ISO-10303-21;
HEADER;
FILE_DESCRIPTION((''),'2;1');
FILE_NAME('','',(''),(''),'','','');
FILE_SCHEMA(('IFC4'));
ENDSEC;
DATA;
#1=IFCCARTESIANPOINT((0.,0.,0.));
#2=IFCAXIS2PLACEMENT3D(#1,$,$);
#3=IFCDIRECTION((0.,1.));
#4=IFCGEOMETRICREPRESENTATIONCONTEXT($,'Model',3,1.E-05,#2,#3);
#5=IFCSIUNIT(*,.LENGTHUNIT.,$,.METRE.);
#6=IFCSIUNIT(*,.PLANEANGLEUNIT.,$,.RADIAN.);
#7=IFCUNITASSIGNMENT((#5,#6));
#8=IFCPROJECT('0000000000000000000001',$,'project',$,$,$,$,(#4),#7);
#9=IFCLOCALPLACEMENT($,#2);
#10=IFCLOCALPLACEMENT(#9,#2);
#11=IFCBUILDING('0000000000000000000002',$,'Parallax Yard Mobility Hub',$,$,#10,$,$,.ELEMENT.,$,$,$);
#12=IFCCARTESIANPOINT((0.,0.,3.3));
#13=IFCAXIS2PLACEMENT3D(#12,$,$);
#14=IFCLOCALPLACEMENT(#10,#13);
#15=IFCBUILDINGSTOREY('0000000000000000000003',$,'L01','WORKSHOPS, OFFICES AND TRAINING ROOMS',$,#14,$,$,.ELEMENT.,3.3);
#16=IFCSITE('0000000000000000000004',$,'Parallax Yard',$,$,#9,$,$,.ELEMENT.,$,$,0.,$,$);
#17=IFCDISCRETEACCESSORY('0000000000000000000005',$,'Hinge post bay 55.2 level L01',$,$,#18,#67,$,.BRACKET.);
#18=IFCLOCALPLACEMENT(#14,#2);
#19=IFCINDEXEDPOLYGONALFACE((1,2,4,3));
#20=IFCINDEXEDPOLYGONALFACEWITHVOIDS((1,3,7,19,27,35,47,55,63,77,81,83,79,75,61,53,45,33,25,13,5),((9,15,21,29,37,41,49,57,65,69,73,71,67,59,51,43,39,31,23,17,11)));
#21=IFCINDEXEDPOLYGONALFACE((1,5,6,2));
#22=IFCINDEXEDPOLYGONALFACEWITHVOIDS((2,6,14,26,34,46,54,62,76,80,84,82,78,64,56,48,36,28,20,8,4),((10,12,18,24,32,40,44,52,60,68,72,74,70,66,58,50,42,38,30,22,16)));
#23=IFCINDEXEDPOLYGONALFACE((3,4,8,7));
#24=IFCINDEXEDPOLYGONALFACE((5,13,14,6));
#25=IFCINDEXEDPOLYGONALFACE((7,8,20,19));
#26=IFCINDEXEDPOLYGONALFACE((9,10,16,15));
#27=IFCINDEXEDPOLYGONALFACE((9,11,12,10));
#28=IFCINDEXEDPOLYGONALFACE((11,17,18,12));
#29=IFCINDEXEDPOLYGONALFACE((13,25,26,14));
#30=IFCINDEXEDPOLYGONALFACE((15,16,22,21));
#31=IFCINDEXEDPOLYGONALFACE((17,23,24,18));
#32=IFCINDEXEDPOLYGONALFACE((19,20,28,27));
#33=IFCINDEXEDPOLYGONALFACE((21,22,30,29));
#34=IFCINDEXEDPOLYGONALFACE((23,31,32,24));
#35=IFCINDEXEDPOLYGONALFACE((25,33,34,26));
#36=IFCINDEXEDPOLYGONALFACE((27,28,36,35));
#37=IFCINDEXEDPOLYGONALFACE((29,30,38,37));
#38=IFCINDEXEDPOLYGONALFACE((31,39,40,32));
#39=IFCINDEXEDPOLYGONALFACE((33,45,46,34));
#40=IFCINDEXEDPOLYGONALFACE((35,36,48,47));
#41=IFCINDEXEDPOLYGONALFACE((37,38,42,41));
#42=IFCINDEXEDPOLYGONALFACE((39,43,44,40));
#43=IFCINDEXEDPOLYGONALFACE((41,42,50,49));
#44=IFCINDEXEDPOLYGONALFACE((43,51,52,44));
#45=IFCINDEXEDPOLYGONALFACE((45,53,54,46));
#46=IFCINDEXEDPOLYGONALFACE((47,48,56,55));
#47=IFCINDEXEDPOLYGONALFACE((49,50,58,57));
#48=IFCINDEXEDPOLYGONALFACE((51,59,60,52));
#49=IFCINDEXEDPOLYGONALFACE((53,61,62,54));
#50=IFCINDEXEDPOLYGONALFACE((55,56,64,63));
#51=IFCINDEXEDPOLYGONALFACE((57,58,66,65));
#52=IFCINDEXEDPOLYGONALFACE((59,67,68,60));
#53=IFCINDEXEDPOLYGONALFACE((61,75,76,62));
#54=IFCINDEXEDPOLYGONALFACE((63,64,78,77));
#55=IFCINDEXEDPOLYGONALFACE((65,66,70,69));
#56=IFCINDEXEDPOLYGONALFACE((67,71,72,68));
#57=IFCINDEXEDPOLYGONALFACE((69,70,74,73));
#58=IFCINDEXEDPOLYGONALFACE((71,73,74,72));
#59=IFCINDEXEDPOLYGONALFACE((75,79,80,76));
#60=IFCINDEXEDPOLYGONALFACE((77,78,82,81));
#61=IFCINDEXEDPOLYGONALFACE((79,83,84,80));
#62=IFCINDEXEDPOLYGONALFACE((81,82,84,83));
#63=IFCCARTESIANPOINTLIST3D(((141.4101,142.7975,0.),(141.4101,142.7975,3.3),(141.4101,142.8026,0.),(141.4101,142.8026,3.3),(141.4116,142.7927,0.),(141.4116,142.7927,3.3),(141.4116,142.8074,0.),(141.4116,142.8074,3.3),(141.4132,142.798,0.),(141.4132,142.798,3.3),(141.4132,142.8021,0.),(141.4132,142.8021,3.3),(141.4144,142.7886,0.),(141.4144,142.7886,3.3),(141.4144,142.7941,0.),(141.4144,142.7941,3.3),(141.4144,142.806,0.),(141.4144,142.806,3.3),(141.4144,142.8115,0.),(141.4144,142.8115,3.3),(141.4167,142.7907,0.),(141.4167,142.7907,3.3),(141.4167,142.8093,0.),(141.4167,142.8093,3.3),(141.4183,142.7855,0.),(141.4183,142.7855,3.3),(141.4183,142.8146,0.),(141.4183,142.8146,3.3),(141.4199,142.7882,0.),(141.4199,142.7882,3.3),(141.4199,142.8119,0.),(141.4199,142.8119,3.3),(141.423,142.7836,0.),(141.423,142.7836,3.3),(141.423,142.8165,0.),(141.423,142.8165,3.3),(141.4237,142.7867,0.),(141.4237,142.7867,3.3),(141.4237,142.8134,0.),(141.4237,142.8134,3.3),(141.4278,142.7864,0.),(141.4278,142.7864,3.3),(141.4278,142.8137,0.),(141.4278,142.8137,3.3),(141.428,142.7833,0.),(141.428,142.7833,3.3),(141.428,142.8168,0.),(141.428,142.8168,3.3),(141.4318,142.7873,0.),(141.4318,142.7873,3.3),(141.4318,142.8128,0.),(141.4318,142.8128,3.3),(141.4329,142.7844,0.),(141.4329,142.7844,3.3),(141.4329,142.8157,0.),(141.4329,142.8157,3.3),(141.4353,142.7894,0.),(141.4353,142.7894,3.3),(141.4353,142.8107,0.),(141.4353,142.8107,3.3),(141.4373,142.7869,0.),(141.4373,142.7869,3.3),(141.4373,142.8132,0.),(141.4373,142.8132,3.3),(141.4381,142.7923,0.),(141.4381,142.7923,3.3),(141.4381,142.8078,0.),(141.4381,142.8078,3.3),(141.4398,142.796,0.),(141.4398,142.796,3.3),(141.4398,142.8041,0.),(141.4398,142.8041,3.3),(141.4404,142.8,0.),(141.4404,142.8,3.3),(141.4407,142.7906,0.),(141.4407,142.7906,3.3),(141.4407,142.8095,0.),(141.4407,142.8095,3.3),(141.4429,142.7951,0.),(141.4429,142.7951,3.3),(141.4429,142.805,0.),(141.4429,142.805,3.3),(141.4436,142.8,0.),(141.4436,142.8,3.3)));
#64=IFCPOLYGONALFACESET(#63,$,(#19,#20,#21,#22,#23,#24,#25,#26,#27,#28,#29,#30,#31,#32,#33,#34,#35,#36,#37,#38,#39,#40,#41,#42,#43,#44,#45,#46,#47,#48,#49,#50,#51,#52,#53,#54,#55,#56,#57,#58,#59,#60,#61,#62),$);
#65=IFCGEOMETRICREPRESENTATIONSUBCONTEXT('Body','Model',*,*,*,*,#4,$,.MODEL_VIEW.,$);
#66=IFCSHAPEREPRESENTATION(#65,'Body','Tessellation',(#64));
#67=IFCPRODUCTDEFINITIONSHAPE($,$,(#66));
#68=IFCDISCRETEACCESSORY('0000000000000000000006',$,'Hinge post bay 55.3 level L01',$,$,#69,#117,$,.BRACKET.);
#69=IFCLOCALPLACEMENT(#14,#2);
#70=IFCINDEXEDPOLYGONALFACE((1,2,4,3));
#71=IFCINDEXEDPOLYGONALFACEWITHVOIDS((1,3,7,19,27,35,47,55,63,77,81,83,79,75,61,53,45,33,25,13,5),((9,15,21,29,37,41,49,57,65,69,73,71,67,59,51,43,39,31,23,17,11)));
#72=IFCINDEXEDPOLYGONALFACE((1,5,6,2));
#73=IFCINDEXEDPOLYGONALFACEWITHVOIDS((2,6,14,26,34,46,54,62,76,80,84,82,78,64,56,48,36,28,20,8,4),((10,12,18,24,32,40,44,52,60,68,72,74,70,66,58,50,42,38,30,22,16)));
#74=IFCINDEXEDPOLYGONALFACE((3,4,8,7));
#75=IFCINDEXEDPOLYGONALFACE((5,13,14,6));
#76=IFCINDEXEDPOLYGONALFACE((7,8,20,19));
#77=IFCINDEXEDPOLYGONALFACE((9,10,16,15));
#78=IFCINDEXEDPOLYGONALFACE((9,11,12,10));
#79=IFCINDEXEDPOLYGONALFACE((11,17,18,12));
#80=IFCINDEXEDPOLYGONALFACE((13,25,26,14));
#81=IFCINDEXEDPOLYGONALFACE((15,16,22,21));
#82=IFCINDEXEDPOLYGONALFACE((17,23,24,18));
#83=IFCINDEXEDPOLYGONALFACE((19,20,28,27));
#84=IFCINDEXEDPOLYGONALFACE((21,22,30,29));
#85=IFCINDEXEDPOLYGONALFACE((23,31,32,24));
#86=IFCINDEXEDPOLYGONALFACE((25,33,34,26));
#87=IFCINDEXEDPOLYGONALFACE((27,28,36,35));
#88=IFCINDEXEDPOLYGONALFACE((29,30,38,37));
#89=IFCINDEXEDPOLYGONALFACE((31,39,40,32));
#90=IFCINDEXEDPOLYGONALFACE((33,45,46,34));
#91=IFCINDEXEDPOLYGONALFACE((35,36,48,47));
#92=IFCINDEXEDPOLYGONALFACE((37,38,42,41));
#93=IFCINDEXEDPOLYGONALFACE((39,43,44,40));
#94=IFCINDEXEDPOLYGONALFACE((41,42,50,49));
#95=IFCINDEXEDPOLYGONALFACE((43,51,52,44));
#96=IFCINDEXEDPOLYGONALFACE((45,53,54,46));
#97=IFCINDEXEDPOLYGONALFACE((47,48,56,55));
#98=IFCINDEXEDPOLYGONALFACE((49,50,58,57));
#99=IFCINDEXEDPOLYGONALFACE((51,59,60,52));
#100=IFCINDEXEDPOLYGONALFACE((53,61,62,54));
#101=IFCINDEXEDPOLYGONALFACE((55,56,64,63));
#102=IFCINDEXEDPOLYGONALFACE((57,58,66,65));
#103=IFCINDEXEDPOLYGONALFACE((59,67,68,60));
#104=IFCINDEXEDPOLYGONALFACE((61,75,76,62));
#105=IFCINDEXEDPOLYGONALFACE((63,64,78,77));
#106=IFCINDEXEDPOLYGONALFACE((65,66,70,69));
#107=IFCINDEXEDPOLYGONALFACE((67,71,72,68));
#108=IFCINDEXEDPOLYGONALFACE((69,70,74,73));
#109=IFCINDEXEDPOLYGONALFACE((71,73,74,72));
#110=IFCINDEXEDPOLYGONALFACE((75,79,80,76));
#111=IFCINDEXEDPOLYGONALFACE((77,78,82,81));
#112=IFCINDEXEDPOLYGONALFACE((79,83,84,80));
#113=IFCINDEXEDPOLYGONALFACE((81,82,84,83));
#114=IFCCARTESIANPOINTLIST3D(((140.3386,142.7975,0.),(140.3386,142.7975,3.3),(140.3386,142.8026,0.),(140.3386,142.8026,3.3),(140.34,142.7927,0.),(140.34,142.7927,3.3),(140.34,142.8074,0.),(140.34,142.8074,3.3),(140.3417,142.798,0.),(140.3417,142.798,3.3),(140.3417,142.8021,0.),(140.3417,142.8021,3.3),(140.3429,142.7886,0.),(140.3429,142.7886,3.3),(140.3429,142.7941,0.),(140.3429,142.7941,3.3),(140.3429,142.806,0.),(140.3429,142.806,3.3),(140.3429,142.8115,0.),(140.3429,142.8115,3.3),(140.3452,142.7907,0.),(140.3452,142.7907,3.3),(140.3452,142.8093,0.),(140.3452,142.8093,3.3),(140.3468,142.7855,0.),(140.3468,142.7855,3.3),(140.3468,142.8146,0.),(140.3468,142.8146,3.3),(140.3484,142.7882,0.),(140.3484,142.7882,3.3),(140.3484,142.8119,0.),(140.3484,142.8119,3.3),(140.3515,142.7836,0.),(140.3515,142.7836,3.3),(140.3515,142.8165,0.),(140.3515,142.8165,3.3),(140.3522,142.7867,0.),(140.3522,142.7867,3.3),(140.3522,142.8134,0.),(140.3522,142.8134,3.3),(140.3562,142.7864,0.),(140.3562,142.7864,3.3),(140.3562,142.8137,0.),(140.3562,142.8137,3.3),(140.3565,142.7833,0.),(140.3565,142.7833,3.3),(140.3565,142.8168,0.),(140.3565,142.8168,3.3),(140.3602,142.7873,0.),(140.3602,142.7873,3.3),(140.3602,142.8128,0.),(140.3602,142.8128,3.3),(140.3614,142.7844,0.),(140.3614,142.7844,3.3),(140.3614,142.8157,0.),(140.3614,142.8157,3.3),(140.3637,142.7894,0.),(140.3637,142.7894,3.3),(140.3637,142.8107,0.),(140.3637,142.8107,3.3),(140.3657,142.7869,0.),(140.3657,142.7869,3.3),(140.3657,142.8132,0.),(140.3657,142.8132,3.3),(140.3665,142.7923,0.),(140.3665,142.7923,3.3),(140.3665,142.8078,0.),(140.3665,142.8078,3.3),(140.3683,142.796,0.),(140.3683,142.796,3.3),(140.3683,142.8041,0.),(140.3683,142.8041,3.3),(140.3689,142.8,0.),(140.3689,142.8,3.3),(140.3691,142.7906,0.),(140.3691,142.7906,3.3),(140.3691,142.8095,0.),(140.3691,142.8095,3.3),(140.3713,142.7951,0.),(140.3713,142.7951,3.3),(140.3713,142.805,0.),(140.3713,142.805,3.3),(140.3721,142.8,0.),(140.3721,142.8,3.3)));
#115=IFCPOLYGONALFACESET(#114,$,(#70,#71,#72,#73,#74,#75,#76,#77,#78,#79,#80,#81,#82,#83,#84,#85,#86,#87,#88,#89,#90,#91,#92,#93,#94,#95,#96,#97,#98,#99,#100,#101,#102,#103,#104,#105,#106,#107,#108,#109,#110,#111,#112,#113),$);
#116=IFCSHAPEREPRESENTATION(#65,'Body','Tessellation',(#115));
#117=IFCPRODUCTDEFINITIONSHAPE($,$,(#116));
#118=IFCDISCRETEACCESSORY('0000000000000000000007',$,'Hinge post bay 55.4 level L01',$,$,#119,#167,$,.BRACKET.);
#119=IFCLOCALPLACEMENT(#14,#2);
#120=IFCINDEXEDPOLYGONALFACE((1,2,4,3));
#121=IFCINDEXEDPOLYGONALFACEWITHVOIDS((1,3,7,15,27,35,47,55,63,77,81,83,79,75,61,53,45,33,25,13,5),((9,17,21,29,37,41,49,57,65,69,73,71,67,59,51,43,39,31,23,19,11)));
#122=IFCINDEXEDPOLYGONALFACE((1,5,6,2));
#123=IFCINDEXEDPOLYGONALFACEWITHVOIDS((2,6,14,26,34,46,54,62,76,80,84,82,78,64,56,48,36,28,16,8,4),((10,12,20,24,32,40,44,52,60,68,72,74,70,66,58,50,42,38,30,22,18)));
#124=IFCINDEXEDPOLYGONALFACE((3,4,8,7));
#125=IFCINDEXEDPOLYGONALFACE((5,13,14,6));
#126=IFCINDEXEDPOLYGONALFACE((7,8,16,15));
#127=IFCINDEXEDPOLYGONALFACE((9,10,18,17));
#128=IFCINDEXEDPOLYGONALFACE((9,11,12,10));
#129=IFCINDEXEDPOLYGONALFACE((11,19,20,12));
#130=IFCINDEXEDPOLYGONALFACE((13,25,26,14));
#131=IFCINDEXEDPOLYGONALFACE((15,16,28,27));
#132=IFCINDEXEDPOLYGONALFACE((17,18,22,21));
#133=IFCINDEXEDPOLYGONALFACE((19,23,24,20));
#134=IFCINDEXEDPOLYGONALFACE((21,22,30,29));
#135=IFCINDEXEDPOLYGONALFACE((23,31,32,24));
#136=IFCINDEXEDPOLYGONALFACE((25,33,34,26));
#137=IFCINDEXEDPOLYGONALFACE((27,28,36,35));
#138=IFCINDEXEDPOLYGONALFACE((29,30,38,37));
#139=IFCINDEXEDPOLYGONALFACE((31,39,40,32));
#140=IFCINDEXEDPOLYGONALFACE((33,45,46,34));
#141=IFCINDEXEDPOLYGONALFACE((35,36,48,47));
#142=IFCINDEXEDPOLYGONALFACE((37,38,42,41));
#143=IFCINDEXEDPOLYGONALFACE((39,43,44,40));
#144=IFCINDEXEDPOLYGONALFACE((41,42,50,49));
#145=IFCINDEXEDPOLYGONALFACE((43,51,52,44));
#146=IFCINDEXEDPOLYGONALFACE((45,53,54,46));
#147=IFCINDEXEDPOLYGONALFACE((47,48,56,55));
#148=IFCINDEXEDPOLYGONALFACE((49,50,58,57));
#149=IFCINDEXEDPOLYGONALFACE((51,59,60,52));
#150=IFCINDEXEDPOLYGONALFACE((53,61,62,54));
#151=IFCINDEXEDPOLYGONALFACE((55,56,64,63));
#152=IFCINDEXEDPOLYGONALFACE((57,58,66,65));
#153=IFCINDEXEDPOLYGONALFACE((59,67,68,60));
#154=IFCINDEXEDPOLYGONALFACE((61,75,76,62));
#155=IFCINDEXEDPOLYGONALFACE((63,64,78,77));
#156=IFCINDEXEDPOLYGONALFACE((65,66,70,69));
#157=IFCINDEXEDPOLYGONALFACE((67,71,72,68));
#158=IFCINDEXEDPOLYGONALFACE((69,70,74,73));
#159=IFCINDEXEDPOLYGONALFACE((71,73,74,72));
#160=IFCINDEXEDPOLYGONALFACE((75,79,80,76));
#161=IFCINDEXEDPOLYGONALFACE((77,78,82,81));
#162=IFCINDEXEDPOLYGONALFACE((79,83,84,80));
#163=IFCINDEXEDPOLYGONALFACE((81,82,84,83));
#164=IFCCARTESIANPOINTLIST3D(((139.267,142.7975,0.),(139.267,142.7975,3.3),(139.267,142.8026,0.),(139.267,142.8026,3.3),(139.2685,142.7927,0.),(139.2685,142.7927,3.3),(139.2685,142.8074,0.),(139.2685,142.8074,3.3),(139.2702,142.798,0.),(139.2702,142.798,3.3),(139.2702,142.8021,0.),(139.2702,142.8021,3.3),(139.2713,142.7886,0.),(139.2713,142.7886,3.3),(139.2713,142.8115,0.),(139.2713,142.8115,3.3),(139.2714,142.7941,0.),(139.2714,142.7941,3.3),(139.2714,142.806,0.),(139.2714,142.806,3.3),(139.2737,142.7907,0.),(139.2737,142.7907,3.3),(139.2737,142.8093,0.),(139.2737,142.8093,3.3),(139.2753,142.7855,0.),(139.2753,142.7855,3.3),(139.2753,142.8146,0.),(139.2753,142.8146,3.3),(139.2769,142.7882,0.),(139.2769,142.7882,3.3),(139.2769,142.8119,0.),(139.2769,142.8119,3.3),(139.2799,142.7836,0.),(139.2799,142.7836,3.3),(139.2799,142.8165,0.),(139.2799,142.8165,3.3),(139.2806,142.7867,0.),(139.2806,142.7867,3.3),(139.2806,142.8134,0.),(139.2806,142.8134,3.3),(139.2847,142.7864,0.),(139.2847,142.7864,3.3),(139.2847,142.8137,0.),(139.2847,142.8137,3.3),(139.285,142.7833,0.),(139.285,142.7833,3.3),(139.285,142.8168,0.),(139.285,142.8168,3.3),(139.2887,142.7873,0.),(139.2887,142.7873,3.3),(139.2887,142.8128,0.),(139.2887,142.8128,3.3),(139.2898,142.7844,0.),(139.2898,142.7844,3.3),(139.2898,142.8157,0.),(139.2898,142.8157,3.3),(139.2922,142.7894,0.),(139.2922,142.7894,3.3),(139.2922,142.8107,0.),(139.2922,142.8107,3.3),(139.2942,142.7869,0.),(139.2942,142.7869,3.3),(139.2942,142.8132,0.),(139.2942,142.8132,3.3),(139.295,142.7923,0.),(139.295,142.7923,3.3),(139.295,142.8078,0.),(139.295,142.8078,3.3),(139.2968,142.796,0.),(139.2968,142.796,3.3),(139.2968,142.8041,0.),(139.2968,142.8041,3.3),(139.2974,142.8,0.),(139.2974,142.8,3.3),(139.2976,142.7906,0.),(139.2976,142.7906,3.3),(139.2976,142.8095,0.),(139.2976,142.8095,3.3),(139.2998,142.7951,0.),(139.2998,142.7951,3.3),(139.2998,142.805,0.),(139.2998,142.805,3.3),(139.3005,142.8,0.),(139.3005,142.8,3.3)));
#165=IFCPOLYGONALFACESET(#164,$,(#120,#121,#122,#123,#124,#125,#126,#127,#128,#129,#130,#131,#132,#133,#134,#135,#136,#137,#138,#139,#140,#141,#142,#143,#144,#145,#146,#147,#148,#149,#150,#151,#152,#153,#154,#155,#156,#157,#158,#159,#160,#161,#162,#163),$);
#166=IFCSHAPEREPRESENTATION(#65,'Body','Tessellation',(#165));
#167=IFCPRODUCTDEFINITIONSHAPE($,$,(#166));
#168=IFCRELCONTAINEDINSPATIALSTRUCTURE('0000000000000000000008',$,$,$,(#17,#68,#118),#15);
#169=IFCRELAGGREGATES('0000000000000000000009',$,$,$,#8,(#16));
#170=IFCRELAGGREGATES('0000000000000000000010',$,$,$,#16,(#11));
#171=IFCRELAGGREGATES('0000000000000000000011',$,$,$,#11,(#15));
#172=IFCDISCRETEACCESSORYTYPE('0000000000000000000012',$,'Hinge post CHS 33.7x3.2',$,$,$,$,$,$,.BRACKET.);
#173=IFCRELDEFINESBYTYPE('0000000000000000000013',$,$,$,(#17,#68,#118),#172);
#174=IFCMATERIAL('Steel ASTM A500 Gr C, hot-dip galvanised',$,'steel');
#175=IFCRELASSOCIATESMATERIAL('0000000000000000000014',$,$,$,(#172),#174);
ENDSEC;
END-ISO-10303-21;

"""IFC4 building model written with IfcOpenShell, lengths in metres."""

from ifc_helpers import new_model, si_unit, direction, frame, origin, origin_2d, place, context, subcontext, project, spatial, hollow_circle, extrude, material, material_profile, profile_set, type_object, element, save


model = new_model("IFC4")

# Units and contexts
model_context = context("Model", 3, precision=1e-05, world=origin(), true_north=direction((0.0, 1.0)))
body_context = subcontext(model_context, "Body", "Model", "MODEL_VIEW")
ifc_project = project(units=[si_unit("LENGTHUNIT", "METRE"), si_unit("PLANEANGLEUNIT", "RADIAN")], contexts=[model_context])

# Site, building, storey
site_placement = place(None, origin())
site = spatial("IfcSite", under=ifc_project, at=site_placement, Name="Parallax Yard", CompositionType="ELEMENT", RefElevation=0.0)
building_placement = place(site_placement, origin())
building = spatial("IfcBuilding", under=site, at=building_placement, Name="Parallax Yard Mobility Hub", CompositionType="ELEMENT")
storey_placement = place(building_placement, frame((0.0, 0.0, 3.3)))
storey = spatial("IfcBuildingStorey", under=building, at=storey_placement, Name="L01", Description="WORKSHOPS, OFFICES AND TRAINING ROOMS", CompositionType="ELEMENT", Elevation=3.3)

# Discrete accessories
ifc_material_1 = material(Name="Steel ASTM A500 Gr C, hot-dip galvanised", Category="steel")
ifc_material_profile_1 = material_profile(ifc_material_1, hollow_circle(Radius=0.0168, WallThickness=0.0032, at=origin_2d()), Name="CHS 33.7x3.2")
ifc_profile_set_1 = profile_set([ifc_material_profile_1], Name="Steel ASTM A500 Gr C, hot-dip galvanised")
discrete_accessory_type_1 = type_object("IfcDiscreteAccessoryType", Name="Hinge post CHS 33.7x3.2", PredefinedType="BRACKET", material=ifc_profile_set_1)
for number, where, z_axis, x_axis, name in (
    (1, (141.4268, 142.8, 0.0), (0.0, 0.0, 1.0), (1.0, 0.0, 0.0), "Hinge post bay 55.2 level L01"),
    (2, (140.3552, 142.8, 0.0), (0.0, 0.0, 1.0), (1.0, 0.0, 0.0), "Hinge post bay 55.3 level L01"),
    (3, (139.2837, 142.8, 0.0), (0.0, 0.0, 1.0), (1.0, 0.0, 0.0), "Hinge post bay 55.4 level L01"),
):
    element("IfcDiscreteAccessory", number, at=place(storey_placement, frame(where, z_axis=z_axis, x_axis=x_axis)), inside=storey, type_object=discrete_accessory_type_1, Name=name, PredefinedType="BRACKET", context=body_context, shape_type="SweptSolid", body=[
        extrude(hollow_circle(Radius=0.0168, WallThickness=0.0032, at=origin_2d()), origin(), (0.0, 0.0, 1.0), 3.3),
    ])

save(model, "model.ifc")
